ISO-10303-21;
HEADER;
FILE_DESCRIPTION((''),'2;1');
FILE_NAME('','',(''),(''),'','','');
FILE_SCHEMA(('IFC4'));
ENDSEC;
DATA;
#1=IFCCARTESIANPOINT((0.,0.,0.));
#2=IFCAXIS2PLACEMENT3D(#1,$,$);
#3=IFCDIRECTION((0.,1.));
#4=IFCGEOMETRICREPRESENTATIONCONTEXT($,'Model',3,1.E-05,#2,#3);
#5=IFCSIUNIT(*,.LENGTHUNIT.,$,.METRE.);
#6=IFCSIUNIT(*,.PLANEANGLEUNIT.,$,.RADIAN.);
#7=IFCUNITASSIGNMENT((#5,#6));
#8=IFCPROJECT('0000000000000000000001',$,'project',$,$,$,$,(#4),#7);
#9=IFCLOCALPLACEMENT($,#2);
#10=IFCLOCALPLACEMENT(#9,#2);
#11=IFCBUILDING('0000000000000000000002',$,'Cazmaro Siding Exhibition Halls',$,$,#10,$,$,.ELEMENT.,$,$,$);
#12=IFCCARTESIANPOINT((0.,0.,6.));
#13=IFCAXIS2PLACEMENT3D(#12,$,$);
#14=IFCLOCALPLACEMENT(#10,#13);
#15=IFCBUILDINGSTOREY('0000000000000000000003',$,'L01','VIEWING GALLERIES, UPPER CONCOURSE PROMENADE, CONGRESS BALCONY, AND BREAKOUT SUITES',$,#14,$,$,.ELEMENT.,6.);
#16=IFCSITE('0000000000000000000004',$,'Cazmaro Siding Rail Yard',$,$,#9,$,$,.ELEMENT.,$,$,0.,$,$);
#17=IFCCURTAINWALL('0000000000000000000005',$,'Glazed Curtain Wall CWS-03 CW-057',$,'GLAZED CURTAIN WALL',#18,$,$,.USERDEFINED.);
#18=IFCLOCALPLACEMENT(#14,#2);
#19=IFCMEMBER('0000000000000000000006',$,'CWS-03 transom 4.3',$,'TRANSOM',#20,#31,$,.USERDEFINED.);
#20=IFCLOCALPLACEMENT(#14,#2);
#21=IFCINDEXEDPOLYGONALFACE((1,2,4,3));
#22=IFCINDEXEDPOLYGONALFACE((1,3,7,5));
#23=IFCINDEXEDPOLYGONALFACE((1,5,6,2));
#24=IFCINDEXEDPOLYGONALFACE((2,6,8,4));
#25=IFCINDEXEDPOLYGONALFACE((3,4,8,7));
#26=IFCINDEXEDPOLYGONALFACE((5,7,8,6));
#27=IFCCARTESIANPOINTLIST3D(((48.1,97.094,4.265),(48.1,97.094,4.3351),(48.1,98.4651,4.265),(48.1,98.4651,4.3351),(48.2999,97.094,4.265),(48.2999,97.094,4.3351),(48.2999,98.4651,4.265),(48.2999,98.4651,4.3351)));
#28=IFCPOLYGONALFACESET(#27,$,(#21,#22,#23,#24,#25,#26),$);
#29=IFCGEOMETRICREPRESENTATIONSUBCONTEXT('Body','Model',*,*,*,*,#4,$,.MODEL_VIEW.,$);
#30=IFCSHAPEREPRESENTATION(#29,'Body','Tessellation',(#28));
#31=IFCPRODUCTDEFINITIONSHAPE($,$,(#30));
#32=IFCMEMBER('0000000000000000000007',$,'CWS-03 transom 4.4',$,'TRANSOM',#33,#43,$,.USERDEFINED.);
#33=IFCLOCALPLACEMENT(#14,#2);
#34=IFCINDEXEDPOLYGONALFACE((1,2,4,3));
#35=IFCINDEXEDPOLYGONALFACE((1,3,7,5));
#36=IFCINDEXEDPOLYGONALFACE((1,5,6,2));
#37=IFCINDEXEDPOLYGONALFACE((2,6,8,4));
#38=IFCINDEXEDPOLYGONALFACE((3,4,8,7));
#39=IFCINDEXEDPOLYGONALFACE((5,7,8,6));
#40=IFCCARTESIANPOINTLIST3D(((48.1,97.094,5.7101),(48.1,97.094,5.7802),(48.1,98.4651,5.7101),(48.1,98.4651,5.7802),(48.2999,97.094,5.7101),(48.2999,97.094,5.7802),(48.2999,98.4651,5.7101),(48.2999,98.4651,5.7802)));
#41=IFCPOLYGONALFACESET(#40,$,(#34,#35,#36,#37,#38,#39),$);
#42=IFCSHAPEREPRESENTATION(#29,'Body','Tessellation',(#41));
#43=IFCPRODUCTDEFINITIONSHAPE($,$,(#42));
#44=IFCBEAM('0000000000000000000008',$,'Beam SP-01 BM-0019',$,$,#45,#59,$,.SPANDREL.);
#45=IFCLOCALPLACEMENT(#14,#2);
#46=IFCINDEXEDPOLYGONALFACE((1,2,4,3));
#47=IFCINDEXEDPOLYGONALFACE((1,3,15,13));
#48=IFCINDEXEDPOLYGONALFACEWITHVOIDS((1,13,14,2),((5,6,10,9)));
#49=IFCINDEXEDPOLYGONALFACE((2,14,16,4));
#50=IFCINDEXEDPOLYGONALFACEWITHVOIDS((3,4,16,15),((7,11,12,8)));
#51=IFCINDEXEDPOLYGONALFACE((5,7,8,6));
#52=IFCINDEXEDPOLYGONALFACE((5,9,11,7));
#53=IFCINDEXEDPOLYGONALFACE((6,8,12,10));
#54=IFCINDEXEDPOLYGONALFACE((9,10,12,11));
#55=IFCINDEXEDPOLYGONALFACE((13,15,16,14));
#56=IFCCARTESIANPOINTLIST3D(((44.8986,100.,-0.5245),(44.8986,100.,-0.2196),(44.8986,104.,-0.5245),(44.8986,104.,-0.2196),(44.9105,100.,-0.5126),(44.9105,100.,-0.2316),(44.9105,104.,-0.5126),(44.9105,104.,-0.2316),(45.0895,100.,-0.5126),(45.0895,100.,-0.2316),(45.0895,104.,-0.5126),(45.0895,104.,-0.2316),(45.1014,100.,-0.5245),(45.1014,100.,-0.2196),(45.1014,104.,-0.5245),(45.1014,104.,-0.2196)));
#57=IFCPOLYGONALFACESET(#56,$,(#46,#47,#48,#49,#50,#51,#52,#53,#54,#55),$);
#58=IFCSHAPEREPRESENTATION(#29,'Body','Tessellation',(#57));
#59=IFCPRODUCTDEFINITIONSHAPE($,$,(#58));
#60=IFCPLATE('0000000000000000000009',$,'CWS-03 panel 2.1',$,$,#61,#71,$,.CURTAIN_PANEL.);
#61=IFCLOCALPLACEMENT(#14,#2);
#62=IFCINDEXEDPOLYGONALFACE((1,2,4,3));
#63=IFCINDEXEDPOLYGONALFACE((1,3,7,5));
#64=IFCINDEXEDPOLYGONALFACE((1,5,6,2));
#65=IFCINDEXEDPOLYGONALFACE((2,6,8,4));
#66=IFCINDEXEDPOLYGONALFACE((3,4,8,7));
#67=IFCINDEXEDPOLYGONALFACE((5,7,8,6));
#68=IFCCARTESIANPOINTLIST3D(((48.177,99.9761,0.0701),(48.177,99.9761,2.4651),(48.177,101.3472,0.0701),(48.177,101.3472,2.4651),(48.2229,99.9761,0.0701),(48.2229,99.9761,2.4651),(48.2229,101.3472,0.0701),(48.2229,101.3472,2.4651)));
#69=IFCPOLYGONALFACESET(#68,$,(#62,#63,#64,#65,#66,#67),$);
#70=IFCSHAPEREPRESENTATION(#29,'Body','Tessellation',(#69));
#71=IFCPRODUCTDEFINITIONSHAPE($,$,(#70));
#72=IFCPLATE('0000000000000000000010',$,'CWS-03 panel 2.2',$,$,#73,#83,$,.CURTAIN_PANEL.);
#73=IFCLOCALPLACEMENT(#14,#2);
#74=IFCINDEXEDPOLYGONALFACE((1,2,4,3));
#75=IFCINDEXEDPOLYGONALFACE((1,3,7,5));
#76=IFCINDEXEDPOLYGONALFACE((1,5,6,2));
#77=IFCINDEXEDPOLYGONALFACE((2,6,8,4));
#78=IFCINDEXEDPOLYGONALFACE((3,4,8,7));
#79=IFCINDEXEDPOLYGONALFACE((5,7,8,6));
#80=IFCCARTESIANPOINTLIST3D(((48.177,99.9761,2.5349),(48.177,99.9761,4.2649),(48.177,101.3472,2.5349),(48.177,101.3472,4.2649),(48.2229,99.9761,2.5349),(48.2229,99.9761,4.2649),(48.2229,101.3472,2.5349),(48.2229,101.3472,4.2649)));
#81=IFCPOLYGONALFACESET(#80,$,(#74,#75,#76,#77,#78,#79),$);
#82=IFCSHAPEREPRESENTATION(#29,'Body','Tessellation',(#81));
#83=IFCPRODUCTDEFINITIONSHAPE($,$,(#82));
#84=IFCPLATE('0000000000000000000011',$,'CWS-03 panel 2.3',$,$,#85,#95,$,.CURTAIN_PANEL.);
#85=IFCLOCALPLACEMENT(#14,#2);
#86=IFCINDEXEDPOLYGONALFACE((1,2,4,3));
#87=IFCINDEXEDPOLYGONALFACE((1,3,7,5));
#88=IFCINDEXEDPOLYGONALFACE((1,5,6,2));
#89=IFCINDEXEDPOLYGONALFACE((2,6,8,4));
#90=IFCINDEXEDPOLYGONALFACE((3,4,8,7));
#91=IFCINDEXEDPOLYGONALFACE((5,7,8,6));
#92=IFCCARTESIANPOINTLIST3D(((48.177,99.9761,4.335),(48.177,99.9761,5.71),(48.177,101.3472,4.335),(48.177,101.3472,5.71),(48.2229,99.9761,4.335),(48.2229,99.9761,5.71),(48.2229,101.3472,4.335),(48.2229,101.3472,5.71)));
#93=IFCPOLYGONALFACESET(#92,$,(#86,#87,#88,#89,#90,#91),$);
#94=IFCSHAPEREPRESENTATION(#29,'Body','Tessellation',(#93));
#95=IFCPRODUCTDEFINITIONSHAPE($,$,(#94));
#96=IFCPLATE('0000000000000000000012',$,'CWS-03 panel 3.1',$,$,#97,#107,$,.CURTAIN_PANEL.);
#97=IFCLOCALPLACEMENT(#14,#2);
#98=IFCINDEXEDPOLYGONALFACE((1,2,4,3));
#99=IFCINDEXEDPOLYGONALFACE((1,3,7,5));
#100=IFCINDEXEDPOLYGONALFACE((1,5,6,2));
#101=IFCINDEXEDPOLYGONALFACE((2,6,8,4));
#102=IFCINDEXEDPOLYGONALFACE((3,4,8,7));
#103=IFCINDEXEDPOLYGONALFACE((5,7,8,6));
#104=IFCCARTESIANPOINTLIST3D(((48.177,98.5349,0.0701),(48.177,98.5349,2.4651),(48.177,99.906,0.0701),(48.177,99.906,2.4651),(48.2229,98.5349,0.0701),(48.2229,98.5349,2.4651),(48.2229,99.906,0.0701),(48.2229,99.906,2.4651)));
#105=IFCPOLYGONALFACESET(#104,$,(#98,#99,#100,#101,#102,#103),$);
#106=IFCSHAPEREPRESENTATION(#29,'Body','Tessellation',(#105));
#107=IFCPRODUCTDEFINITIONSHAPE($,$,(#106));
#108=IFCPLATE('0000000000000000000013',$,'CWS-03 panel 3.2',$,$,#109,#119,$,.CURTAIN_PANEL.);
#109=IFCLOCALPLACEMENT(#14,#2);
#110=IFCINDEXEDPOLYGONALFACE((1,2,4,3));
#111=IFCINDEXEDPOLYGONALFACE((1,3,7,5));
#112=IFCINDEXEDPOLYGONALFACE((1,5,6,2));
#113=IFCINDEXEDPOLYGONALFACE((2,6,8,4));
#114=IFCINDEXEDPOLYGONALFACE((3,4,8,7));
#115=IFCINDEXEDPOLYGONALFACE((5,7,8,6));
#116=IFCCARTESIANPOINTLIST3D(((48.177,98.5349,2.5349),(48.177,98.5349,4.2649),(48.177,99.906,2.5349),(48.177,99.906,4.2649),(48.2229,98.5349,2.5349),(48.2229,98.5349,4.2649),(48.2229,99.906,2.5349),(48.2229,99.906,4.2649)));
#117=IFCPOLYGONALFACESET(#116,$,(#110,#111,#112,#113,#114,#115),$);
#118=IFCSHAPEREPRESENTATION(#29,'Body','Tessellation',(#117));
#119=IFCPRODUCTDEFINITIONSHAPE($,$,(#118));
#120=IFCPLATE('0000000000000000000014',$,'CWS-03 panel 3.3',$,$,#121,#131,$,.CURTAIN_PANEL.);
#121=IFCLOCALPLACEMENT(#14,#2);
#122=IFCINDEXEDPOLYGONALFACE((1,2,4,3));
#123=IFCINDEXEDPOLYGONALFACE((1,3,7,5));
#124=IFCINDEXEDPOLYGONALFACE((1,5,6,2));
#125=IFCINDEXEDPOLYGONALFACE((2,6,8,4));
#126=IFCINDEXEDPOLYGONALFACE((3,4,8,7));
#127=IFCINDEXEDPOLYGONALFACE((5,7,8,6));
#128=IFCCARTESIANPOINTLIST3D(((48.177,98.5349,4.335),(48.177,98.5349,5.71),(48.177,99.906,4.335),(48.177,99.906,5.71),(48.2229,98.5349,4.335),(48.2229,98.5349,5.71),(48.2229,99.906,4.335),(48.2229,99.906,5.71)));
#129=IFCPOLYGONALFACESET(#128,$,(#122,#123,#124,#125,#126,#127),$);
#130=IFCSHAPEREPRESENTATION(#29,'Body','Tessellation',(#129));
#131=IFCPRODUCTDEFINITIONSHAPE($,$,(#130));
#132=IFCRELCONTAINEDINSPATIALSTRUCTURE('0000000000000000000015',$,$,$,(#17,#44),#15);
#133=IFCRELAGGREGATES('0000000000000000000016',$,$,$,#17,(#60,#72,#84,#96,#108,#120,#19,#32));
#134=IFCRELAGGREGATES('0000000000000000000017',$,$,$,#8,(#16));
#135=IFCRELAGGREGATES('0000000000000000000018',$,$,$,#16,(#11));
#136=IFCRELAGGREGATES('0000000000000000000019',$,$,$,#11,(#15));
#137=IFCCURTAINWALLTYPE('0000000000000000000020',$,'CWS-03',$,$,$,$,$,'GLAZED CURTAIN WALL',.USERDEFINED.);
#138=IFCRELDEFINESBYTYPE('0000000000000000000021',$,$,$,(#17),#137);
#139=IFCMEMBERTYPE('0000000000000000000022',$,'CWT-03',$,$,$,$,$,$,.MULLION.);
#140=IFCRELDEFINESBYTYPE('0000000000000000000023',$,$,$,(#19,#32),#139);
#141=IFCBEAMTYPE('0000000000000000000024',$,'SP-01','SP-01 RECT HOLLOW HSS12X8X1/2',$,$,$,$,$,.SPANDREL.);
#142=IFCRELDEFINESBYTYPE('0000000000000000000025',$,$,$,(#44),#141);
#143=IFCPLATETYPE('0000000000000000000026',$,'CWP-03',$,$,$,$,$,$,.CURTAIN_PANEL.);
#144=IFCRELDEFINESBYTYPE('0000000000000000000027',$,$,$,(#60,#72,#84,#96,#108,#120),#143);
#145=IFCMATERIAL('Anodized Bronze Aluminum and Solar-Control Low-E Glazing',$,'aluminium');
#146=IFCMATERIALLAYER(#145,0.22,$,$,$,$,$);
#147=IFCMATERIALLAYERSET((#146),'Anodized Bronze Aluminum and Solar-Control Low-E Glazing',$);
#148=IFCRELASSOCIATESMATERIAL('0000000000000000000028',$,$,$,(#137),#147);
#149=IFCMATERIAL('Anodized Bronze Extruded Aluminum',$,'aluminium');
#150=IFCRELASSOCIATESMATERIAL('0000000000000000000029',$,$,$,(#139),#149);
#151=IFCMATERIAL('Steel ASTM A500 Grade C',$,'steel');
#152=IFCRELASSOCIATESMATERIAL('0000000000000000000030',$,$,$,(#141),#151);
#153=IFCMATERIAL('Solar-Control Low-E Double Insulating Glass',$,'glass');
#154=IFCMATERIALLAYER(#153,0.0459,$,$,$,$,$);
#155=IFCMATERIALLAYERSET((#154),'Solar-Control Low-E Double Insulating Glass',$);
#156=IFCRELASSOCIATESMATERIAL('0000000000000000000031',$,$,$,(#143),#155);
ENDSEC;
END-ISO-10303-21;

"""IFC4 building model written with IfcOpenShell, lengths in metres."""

from ifc_helpers import new_model, si_unit, direction, frame, origin, origin_2d, place, context, subcontext, project, spatial, rectangle, hollow_rectangle, extrude, material, layer, layer_set, material_profile, profile_set, type_object, element, aggregate, save


model = new_model("IFC4")

# Units and contexts
model_context = context("Model", 3, precision=1e-05, world=origin(), true_north=direction((0.0, 1.0)))
body_context = subcontext(model_context, "Body", "Model", "MODEL_VIEW")
ifc_project = project(units=[si_unit("LENGTHUNIT", "METRE"), si_unit("PLANEANGLEUNIT", "RADIAN")], contexts=[model_context])

# Site, building, storey
site_placement = place(None, origin())
site = spatial("IfcSite", under=ifc_project, at=site_placement, Name="Cazmaro Siding Rail Yard", CompositionType="ELEMENT", RefElevation=0.0)
building_placement = place(site_placement, origin())
building = spatial("IfcBuilding", under=site, at=building_placement, Name="Cazmaro Siding Exhibition Halls", CompositionType="ELEMENT")
storey_placement = place(building_placement, frame((0.0, 0.0, 6.0)))
storey = spatial("IfcBuildingStorey", under=building, at=storey_placement, Name="L01", Description="VIEWING GALLERIES, UPPER CONCOURSE PROMENADE, CONGRESS BALCONY, AND BREAKOUT SUITES", CompositionType="ELEMENT", Elevation=6.0)

# Curtain wall, members
ifc_material_1 = material(Name="Anodized Bronze Aluminum and Solar-Control Low-E Glazing", Category="aluminium")
ifc_layer_1 = layer(ifc_material_1, 0.22)
ifc_layer_set_1 = layer_set([ifc_layer_1], Name="Anodized Bronze Aluminum and Solar-Control Low-E Glazing")
curtain_wall_type = type_object("IfcCurtainWallType", Name="CWS-03", ElementType="GLAZED CURTAIN WALL", PredefinedType="USERDEFINED", material=ifc_layer_set_1)
curtain_wall_placement = place(storey_placement, origin())
curtain_wall = element("IfcCurtainWall", 1, at=curtain_wall_placement, inside=storey, type_object=curtain_wall_type, Name="Glazed Curtain Wall CWS-03 CW-057", ObjectType="GLAZED CURTAIN WALL", PredefinedType="USERDEFINED")
ifc_material_2 = material(Name="Anodized Bronze Extruded Aluminum", Category="aluminium")
ifc_material_profile_1 = material_profile(ifc_material_2, rectangle(XDim=0.2, YDim=0.0701, at=origin_2d()), Name="CWT-03")
ifc_profile_set_1 = profile_set([ifc_material_profile_1], Name="Anodized Bronze Extruded Aluminum")
member_type_1 = type_object("IfcMemberType", Name="CWT-03", PredefinedType="MULLION", material=ifc_profile_set_1)
member_1_placement = place(storey_placement, frame((48.2, 98.4651, 4.3), z_axis=(0.0, -1.0, 0.0), x_axis=(1.0, 0.0, 0.0)))
member_1 = element("IfcMember", 2, at=member_1_placement, type_object=member_type_1, Name="CWS-03 transom 4.3", ObjectType="TRANSOM", PredefinedType="USERDEFINED", context=body_context, shape_type="SweptSolid", body=[
    extrude(rectangle(XDim=0.2, YDim=0.0701, at=origin_2d()), origin(), (0.0, 0.0, 1.0), 1.3711),
])
member_2_placement = place(storey_placement, frame((48.2, 98.4651, 5.7451), z_axis=(0.0, -1.0, 0.0), x_axis=(1.0, 0.0, 0.0)))
member_2 = element("IfcMember", 3, at=member_2_placement, type_object=member_type_1, Name="CWS-03 transom 4.4", ObjectType="TRANSOM", PredefinedType="USERDEFINED", context=body_context, shape_type="SweptSolid", body=[
    extrude(rectangle(XDim=0.2, YDim=0.0701, at=origin_2d()), origin(), (0.0, 0.0, 1.0), 1.3711),
])

# Beam
ifc_material_3 = material(Name="Steel ASTM A500 Grade C", Category="steel")
ifc_material_profile_2 = material_profile(ifc_material_3, hollow_rectangle(XDim=0.2029, YDim=0.3049, WallThickness=0.012, at=origin_2d()), Name="HSS12X8X1/2")
ifc_profile_set_2 = profile_set([ifc_material_profile_2], Name="Steel ASTM A500 Grade C")
beam_type_1 = type_object("IfcBeamType", Name="SP-01", Description="SP-01 RECT HOLLOW HSS12X8X1/2", PredefinedType="SPANDREL", material=ifc_profile_set_2)
beam_1_placement = place(storey_placement, frame((45.0, 100.0, -0.3721), z_axis=(0.0, 1.0, 0.0), x_axis=(-1.0, 0.0, 0.0)))
element("IfcBeam", 4, at=beam_1_placement, inside=storey, type_object=beam_type_1, Name="Beam SP-01 BM-0019", PredefinedType="SPANDREL", context=body_context, shape_type="SweptSolid", body=[
    extrude(hollow_rectangle(XDim=0.2029, YDim=0.3049, WallThickness=0.012, at=origin_2d()), origin(), (0.0, 0.0, 1.0), 4.0),
])

# Plates
ifc_material_4 = material(Name="Solar-Control Low-E Double Insulating Glass", Category="glass")
ifc_layer_2 = layer(ifc_material_4, 0.0459)
ifc_layer_set_2 = layer_set([ifc_layer_2], Name="Solar-Control Low-E Double Insulating Glass")
plate_type = type_object("IfcPlateType", Name="CWP-03", PredefinedType="CURTAIN_PANEL", material=ifc_layer_set_2)
plate_1_placement = place(storey_placement, frame((48.2, 100.6616, 0.0701), z_axis=(0.0, 0.0, 1.0), x_axis=(0.0, -1.0, 0.0)))
plate_1 = element("IfcPlate", 5, at=plate_1_placement, type_object=plate_type, Name="CWS-03 panel 2.1", PredefinedType="CURTAIN_PANEL", context=body_context, shape_type="SweptSolid", body=[
    extrude(rectangle(XDim=1.3711, YDim=0.0459, at=origin_2d()), origin(), (0.0, 0.0, 1.0), 2.395),
])
plate_2_placement = place(storey_placement, frame((48.2, 100.6616, 2.5349), z_axis=(0.0, 0.0, 1.0), x_axis=(0.0, -1.0, 0.0)))
plate_2 = element("IfcPlate", 6, at=plate_2_placement, type_object=plate_type, Name="CWS-03 panel 2.2", PredefinedType="CURTAIN_PANEL", context=body_context, shape_type="SweptSolid", body=[
    extrude(rectangle(XDim=1.3711, YDim=0.0459, at=origin_2d()), origin(), (0.0, 0.0, 1.0), 1.73),
])
plate_3_placement = place(storey_placement, frame((48.2, 100.6616, 4.335), z_axis=(0.0, 0.0, 1.0), x_axis=(0.0, -1.0, 0.0)))
plate_3 = element("IfcPlate", 7, at=plate_3_placement, type_object=plate_type, Name="CWS-03 panel 2.3", PredefinedType="CURTAIN_PANEL", context=body_context, shape_type="SweptSolid", body=[
    extrude(rectangle(XDim=1.3711, YDim=0.0459, at=origin_2d()), origin(), (0.0, 0.0, 1.0), 1.375),
])
plate_4_placement = place(storey_placement, frame((48.2, 99.2205, 0.0701), z_axis=(0.0, 0.0, 1.0), x_axis=(0.0, -1.0, 0.0)))
plate_4 = element("IfcPlate", 8, at=plate_4_placement, type_object=plate_type, Name="CWS-03 panel 3.1", PredefinedType="CURTAIN_PANEL", context=body_context, shape_type="SweptSolid", body=[
    extrude(rectangle(XDim=1.3711, YDim=0.0459, at=origin_2d()), origin(), (0.0, 0.0, 1.0), 2.395),
])
plate_5_placement = place(storey_placement, frame((48.2, 99.2205, 2.5349), z_axis=(0.0, 0.0, 1.0), x_axis=(0.0, -1.0, 0.0)))
plate_5 = element("IfcPlate", 9, at=plate_5_placement, type_object=plate_type, Name="CWS-03 panel 3.2", PredefinedType="CURTAIN_PANEL", context=body_context, shape_type="SweptSolid", body=[
    extrude(rectangle(XDim=1.3711, YDim=0.0459, at=origin_2d()), origin(), (0.0, 0.0, 1.0), 1.73),
])
plate_6_placement = place(storey_placement, frame((48.2, 99.2205, 4.335), z_axis=(0.0, 0.0, 1.0), x_axis=(0.0, -1.0, 0.0)))
plate_6 = element("IfcPlate", 10, at=plate_6_placement, type_object=plate_type, Name="CWS-03 panel 3.3", PredefinedType="CURTAIN_PANEL", context=body_context, shape_type="SweptSolid", body=[
    extrude(rectangle(XDim=1.3711, YDim=0.0459, at=origin_2d()), origin(), (0.0, 0.0, 1.0), 1.375),
])
aggregate(curtain_wall, [plate_1, plate_2, plate_3, plate_4, plate_5, plate_6, member_1, member_2])

save(model, "model.ifc")
